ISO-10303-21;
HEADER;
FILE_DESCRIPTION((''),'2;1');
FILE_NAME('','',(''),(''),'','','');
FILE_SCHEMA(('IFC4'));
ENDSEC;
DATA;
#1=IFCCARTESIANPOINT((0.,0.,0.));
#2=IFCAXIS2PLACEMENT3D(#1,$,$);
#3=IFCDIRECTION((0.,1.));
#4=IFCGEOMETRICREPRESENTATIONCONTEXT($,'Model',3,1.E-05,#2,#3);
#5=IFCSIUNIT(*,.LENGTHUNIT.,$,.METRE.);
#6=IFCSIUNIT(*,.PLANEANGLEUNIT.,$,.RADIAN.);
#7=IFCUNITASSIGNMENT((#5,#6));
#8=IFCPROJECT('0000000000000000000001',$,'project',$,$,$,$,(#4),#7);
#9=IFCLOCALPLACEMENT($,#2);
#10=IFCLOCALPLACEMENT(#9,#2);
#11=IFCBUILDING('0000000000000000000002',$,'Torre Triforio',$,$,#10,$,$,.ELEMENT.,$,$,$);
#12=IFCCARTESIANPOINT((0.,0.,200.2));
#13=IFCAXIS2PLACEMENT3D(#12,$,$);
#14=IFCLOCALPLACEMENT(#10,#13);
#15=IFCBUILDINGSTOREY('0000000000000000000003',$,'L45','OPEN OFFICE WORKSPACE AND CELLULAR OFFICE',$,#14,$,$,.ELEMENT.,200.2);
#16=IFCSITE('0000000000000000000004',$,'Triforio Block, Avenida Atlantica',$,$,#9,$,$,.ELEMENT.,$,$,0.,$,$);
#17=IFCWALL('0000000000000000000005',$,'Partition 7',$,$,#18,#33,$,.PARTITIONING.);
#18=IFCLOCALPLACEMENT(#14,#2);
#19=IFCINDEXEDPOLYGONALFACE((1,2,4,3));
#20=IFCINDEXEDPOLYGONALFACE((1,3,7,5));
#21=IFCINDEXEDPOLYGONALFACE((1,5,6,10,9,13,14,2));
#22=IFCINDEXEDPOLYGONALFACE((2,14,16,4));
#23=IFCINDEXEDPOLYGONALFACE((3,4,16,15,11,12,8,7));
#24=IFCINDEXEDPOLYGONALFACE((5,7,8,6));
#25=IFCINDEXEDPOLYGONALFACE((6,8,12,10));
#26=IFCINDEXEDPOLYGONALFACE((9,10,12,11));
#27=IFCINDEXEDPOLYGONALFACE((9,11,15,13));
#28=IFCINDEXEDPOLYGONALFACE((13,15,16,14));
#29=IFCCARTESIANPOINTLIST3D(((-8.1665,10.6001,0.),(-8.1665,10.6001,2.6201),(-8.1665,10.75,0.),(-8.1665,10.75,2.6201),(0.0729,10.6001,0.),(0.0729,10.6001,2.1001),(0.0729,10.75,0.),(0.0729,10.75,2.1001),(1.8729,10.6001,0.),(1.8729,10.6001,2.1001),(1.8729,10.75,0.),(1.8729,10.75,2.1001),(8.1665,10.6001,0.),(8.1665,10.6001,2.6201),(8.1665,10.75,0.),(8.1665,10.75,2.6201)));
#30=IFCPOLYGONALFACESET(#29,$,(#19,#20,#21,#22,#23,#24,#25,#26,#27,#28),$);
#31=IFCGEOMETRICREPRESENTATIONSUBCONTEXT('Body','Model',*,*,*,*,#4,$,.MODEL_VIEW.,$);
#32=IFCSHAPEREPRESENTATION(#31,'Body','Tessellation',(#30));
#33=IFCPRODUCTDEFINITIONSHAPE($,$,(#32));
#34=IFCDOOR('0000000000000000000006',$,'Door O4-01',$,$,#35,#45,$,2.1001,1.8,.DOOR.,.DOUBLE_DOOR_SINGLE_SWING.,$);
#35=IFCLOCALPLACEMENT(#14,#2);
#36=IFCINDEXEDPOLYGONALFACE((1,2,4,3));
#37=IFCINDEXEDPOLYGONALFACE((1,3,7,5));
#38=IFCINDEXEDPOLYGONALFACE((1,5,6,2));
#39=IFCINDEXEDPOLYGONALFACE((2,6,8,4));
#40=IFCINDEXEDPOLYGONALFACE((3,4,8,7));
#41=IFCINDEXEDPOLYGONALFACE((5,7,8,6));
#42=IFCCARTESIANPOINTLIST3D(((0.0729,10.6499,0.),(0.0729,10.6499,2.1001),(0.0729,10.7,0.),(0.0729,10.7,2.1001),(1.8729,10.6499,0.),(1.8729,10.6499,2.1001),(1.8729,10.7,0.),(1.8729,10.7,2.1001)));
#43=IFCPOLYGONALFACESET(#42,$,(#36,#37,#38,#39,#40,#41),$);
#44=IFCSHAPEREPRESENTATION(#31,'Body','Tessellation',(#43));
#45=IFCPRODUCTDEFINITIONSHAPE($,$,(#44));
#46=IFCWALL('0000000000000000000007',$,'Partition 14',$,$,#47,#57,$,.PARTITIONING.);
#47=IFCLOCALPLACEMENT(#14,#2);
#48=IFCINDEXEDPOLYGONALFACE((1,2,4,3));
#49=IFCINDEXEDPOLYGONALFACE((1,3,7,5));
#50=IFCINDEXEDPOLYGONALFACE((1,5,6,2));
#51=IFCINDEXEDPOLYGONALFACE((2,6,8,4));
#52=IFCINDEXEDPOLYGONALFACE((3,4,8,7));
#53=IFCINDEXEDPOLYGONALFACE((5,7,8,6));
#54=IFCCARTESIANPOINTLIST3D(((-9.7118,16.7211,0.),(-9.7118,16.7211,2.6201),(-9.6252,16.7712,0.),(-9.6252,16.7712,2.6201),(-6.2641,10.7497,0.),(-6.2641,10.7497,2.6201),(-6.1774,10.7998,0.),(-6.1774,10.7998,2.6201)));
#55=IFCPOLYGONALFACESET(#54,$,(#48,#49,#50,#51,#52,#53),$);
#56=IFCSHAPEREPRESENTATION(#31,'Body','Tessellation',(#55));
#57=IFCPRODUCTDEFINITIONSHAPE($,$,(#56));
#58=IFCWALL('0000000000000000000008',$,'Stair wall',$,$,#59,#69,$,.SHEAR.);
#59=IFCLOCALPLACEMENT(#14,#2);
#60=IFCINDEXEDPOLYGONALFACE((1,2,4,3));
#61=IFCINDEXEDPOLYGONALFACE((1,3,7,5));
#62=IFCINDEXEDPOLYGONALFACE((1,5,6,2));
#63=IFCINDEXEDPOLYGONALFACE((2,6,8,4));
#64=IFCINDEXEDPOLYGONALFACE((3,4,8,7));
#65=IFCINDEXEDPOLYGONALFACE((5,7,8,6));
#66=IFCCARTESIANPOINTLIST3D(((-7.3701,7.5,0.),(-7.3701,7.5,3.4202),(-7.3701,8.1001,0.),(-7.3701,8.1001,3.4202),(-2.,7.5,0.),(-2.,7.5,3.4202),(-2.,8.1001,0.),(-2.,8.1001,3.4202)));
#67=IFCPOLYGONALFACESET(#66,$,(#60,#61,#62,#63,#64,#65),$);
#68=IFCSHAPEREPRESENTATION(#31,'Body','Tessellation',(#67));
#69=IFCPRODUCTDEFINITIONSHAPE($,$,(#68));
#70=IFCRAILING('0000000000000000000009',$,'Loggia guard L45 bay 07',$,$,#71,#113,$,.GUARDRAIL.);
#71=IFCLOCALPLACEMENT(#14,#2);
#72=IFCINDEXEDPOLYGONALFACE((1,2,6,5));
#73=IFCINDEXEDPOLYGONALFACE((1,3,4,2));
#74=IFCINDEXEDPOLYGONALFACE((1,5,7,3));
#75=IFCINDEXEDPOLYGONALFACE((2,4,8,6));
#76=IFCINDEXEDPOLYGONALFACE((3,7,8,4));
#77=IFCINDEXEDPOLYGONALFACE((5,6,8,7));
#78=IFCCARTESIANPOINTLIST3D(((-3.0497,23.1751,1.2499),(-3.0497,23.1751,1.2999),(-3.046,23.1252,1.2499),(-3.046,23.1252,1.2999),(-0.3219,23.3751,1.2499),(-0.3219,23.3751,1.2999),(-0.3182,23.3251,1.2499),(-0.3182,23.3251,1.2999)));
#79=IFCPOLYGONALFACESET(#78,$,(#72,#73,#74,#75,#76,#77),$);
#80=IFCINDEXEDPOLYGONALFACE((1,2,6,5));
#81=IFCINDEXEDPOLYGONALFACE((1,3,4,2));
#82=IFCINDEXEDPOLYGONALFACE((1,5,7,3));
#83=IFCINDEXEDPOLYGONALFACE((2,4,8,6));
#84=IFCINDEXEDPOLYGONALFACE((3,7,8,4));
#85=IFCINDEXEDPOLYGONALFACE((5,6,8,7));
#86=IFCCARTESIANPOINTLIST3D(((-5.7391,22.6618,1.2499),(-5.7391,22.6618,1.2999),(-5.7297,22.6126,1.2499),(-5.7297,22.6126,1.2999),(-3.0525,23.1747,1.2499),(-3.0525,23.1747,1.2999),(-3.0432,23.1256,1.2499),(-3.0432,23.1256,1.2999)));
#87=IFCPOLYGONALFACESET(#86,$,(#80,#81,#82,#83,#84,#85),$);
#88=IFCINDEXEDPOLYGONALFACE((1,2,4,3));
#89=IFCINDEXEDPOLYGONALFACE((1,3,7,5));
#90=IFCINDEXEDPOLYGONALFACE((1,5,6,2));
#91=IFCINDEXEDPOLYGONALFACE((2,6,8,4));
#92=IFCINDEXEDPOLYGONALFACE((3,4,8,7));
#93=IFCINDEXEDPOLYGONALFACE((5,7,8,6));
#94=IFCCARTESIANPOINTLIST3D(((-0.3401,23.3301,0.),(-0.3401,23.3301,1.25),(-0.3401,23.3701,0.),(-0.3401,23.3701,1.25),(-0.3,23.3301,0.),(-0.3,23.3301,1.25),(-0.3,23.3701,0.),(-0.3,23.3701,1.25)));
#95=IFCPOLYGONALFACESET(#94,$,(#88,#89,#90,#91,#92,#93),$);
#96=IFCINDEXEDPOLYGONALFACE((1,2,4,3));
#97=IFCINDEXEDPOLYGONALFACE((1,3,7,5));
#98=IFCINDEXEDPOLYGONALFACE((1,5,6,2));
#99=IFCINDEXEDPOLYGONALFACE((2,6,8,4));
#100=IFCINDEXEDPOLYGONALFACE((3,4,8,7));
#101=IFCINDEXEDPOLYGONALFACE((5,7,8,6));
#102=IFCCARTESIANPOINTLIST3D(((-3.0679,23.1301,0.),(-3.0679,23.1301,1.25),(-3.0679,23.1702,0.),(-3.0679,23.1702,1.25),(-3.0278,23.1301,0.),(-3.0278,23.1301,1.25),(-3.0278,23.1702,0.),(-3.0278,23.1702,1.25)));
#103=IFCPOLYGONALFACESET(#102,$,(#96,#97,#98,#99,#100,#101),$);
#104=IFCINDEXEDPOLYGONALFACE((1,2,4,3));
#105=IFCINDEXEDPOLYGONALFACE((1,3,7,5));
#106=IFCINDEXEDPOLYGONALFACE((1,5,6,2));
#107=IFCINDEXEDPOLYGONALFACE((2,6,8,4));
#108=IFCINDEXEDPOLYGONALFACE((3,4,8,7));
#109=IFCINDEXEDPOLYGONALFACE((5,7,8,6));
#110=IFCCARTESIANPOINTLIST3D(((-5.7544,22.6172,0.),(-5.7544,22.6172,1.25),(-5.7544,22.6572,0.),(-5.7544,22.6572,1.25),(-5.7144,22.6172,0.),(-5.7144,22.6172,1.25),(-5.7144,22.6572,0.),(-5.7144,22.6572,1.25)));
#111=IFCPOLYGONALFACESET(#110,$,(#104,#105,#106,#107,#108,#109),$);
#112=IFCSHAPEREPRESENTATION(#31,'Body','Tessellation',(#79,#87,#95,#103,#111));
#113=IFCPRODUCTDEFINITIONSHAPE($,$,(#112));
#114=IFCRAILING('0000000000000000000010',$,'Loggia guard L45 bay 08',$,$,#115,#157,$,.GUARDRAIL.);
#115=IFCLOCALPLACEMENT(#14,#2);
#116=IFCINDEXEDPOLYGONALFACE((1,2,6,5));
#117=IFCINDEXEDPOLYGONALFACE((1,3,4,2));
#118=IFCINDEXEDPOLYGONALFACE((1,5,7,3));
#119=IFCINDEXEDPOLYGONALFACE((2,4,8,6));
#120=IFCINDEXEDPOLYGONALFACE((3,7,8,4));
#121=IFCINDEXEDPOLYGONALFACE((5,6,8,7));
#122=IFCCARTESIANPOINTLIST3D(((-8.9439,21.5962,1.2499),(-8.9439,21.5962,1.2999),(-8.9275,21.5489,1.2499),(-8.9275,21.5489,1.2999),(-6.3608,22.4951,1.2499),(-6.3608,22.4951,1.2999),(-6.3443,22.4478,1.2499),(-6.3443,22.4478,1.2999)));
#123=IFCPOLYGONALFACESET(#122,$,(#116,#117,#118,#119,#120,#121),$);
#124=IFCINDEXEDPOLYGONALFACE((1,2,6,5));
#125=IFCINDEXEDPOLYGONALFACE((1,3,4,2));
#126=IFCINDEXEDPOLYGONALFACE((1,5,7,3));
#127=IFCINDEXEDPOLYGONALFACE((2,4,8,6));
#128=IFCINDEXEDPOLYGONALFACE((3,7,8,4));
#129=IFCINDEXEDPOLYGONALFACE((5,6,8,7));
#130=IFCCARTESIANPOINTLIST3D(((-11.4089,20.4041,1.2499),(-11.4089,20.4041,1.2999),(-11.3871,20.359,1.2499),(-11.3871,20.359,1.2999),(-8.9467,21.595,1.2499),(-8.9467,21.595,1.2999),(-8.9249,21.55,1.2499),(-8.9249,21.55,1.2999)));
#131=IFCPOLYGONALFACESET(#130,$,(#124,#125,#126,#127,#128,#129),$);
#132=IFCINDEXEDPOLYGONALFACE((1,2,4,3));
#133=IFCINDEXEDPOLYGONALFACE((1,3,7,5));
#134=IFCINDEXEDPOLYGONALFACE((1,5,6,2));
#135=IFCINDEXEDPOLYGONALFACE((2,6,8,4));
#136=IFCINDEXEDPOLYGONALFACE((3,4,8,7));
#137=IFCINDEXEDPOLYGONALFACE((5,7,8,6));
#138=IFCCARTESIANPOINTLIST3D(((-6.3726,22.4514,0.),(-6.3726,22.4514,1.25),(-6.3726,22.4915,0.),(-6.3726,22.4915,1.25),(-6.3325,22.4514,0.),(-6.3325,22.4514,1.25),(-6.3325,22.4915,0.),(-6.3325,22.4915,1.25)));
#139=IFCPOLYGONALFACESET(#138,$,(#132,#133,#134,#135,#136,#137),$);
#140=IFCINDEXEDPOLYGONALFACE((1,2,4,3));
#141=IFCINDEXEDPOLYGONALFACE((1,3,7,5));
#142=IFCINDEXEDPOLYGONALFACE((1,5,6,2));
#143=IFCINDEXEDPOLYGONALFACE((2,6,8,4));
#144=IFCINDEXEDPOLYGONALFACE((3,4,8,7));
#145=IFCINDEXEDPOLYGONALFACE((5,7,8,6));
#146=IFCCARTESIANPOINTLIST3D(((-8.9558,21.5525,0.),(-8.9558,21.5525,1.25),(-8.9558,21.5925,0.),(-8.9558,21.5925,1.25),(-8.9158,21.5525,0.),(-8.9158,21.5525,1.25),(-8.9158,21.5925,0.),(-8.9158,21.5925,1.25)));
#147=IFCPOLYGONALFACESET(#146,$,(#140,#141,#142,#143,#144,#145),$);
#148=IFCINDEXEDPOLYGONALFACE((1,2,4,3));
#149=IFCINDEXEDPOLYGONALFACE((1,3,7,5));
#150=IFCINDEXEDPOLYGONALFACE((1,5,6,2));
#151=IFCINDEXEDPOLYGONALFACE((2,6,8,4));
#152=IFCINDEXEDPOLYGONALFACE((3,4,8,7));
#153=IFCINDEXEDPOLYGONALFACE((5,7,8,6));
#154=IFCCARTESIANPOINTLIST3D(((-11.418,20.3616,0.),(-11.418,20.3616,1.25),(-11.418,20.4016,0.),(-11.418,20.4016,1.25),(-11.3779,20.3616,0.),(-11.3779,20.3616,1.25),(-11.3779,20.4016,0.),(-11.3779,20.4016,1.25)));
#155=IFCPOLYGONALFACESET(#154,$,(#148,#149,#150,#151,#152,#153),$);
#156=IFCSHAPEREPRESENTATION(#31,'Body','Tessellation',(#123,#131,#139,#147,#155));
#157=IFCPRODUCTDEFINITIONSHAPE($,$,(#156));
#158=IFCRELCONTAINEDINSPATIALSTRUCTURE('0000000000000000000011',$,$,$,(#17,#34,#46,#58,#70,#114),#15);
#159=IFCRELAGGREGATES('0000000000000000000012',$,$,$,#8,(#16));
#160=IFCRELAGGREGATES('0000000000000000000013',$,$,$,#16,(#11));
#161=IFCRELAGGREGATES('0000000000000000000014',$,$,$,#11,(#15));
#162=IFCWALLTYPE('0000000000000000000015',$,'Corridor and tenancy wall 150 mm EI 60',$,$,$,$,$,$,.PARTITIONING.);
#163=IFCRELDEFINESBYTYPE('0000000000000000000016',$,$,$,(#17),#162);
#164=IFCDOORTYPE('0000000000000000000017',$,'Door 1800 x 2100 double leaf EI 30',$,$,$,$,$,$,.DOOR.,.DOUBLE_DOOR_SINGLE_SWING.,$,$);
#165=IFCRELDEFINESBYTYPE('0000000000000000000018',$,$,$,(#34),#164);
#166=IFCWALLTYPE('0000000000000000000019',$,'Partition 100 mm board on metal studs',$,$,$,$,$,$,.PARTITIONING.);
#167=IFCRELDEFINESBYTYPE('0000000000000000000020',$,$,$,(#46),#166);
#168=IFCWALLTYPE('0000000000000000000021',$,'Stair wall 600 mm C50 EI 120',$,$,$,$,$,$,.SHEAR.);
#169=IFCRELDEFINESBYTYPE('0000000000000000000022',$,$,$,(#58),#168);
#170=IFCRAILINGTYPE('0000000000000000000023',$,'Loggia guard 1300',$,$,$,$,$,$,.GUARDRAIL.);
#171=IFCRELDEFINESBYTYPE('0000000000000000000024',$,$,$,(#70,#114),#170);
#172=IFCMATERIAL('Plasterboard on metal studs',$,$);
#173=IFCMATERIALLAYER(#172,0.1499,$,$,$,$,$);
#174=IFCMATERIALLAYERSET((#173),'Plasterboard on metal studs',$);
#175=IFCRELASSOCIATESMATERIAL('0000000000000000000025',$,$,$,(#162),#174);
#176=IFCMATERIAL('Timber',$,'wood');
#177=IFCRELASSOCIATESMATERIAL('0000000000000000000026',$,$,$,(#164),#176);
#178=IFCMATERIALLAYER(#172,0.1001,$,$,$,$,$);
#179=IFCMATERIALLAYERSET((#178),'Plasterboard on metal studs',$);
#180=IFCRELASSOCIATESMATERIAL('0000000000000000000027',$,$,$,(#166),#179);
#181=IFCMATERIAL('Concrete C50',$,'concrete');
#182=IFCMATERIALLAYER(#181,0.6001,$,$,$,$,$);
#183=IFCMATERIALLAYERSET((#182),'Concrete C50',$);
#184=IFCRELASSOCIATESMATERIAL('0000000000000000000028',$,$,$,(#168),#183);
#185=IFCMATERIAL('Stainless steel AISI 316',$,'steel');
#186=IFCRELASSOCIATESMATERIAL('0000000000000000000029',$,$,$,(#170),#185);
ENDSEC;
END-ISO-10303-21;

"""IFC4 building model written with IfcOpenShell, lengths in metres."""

from ifc_helpers import new_model, si_unit, direction, frame, frame_2d, origin, origin_2d, place, context, subcontext, project, spatial, rectangle, extrude, material, layer, layer_set, type_object, element, fill, save


model = new_model("IFC4")

# Units and contexts
model_context = context("Model", 3, precision=1e-05, world=origin(), true_north=direction((0.0, 1.0)))
body_context = subcontext(model_context, "Body", "Model", "MODEL_VIEW")
ifc_project = project(units=[si_unit("LENGTHUNIT", "METRE"), si_unit("PLANEANGLEUNIT", "RADIAN")], contexts=[model_context])

# Site, building, storey
site_placement = place(None, origin())
site = spatial("IfcSite", under=ifc_project, at=site_placement, Name="Triforio Block, Avenida Atlantica", CompositionType="ELEMENT", RefElevation=0.0)
building_placement = place(site_placement, origin())
building = spatial("IfcBuilding", under=site, at=building_placement, Name="Torre Triforio", CompositionType="ELEMENT")
storey_placement = place(building_placement, frame((0.0, 0.0, 200.2)))
storey = spatial("IfcBuildingStorey", under=building, at=storey_placement, Name="L45", Description="OPEN OFFICE WORKSPACE AND CELLULAR OFFICE", CompositionType="ELEMENT", Elevation=200.2)

# Shared definitions
ifc_material_1 = material(Name="Concrete C50", Category="concrete")

# Wall, opening, door
ifc_material_2 = material(Name="Plasterboard on metal studs")
ifc_layer_1 = layer(ifc_material_2, 0.1499)
ifc_layer_set_1 = layer_set([ifc_layer_1], Name="Plasterboard on metal studs")
wall_type_1 = type_object("IfcWallType", Name="Corridor and tenancy wall 150 mm EI 60", PredefinedType="PARTITIONING", material=ifc_layer_set_1)
wall_1_placement = place(storey_placement, frame((-8.1665, 10.675, 0.0), z_axis=(0.0, 0.0, 1.0), x_axis=(1.0, 0.0, 0.0)))
wall_1 = element("IfcWall", 1, at=wall_1_placement, inside=storey, type_object=wall_type_1, Name="Partition 7", PredefinedType="PARTITIONING", context=body_context, shape_type="SweptSolid", body=[
    extrude(rectangle(XDim=16.333, YDim=0.1499, at=frame_2d((8.1665, 0.0))), origin(), (0.0, 0.0, 1.0), 2.6201),
])
opening_1_placement = place(wall_1_placement, frame((8.2395, 0.0, 0.0)))
opening_1 = element("IfcOpeningElement", 2, at=opening_1_placement, cuts=wall_1, PredefinedType="OPENING", context=body_context, shape_type="SweptSolid", body=[
    extrude(rectangle(XDim=1.8, YDim=2.1001, at=frame_2d((0.8999, 1.05))), frame((0.0, 0.085, 0.0), z_axis=(0.0, -1.0, 0.0), x_axis=(1.0, 0.0, 0.0)), (0.0, 0.0, 1.0), 0.1699),
])
ifc_material_3 = material(Name="Timber", Category="wood")
door_type_1 = type_object("IfcDoorType", Name="Door 1800 x 2100 double leaf EI 30", OperationType="DOUBLE_DOOR_SINGLE_SWING", PredefinedType="DOOR", material=ifc_material_3)
door_1_placement = place(opening_1_placement, origin())
door_1 = element("IfcDoor", 3, at=door_1_placement, inside=storey, type_object=door_type_1, Name="Door O4-01", OperationType="DOUBLE_DOOR_SINGLE_SWING", OverallHeight=2.1001, OverallWidth=1.8, PredefinedType="DOOR", context=body_context, shape_type="SweptSolid", body=[
    extrude(rectangle(XDim=1.8, YDim=2.1001, at=frame_2d((0.8999, 1.05))), frame((0.0, 0.0249, 0.0), z_axis=(0.0, -1.0, 0.0), x_axis=(1.0, 0.0, 0.0)), (0.0, 0.0, 1.0), 0.05),
])
fill(opening_1, door_1)

# Walls
ifc_layer_2 = layer(ifc_material_2, 0.1001)
ifc_layer_set_2 = layer_set([ifc_layer_2], Name="Plasterboard on metal studs")
wall_type_2 = type_object("IfcWallType", Name="Partition 100 mm board on metal studs", PredefinedType="PARTITIONING", material=ifc_layer_set_2)
wall_2_placement = place(storey_placement, frame((-6.2207, 10.7747, 0.0), z_axis=(0.0, 0.0, 1.0), x_axis=(-0.500016, 0.866016, 0.0)))
element("IfcWall", 4, at=wall_2_placement, inside=storey, type_object=wall_type_2, Name="Partition 14", PredefinedType="PARTITIONING", context=body_context, shape_type="SweptSolid", body=[
    extrude(rectangle(XDim=6.8953, YDim=0.1001, at=frame_2d((3.4478, 0.0))), origin(), (0.0, 0.0, 1.0), 2.6201),
])
ifc_layer_3 = layer(ifc_material_1, 0.6001)
ifc_layer_set_3 = layer_set([ifc_layer_3], Name="Concrete C50")
wall_type_3 = type_object("IfcWallType", Name="Stair wall 600 mm C50 EI 120", PredefinedType="SHEAR", material=ifc_layer_set_3)
wall_3_placement = place(storey_placement, frame((-7.3701, 7.8, 0.0), z_axis=(0.0, 0.0, 1.0), x_axis=(1.0, 0.0, 0.0)))
element("IfcWall", 5, at=wall_3_placement, inside=storey, type_object=wall_type_3, Name="Stair wall", PredefinedType="SHEAR", context=body_context, shape_type="SweptSolid", body=[
    extrude(rectangle(XDim=5.3701, YDim=0.6001, at=frame_2d((2.6851, 0.0))), origin(), (0.0, 0.0, 1.0), 3.4202),
])

# Railings
ifc_material_4 = material(Name="Stainless steel AISI 316", Category="steel")
railing_type = type_object("IfcRailingType", Name="Loggia guard 1300", PredefinedType="GUARDRAIL", material=ifc_material_4)
railing_1_placement = place(storey_placement, frame((-0.3201, 23.3501, 0.0)))
element("IfcRailing", 6, at=railing_1_placement, inside=storey, type_object=railing_type, Name="Loggia guard L45 bay 07", PredefinedType="GUARDRAIL", context=body_context, shape_type="SweptSolid", body=[
    extrude(rectangle(XDim=0.05, YDim=0.05, at=origin_2d()), frame((0.0, 0.0, 1.2749), z_axis=(-0.997324, -0.073106, 0.0), x_axis=(0.073106, -0.997324, 0.0)), (0.0, 0.0, 1.0), 2.7351),
    extrude(rectangle(XDim=0.05, YDim=0.05, at=origin_2d()), frame((-2.7278, -0.2, 1.2749), z_axis=(-0.982256, -0.187543, 0.0), x_axis=(0.187543, -0.982256, 0.0)), (0.0, 0.0, 1.0), 2.7351),
    extrude(rectangle(XDim=0.04, YDim=0.04, at=origin_2d()), origin(), (0.0, 0.0, 1.0), 1.25),
    extrude(rectangle(XDim=0.04, YDim=0.04, at=origin_2d()), frame((-2.7278, -0.2, 0.0)), (0.0, 0.0, 1.0), 1.25),
    extrude(rectangle(XDim=0.04, YDim=0.04, at=origin_2d()), frame((-5.4143, -0.7129, 0.0)), (0.0, 0.0, 1.0), 1.25),
])
railing_2_placement = place(storey_placement, frame((-6.3525, 22.4714, 0.0)))
element("IfcRailing", 7, at=railing_2_placement, inside=storey, type_object=railing_type, Name="Loggia guard L45 bay 08", PredefinedType="GUARDRAIL", context=body_context, shape_type="SweptSolid", body=[
    extrude(rectangle(XDim=0.05, YDim=0.05, at=origin_2d()), frame((0.0, 0.0, 1.2749), z_axis=(-0.944451, -0.328652, 0.0), x_axis=(0.328652, -0.944451, 0.0)), (0.0, 0.0, 1.0), 2.7351),
    extrude(rectangle(XDim=0.05, YDim=0.05, at=origin_2d()), frame((-2.5833, -0.8989, 1.2749), z_axis=(-0.900224, -0.435428, 0.0), x_axis=(0.435428, -0.900224, 0.0)), (0.0, 0.0, 1.0), 2.7351),
    extrude(rectangle(XDim=0.04, YDim=0.04, at=origin_2d()), origin(), (0.0, 0.0, 1.0), 1.25),
    extrude(rectangle(XDim=0.04, YDim=0.04, at=origin_2d()), frame((-2.5833, -0.8989, 0.0)), (0.0, 0.0, 1.0), 1.25),
    extrude(rectangle(XDim=0.04, YDim=0.04, at=origin_2d()), frame((-5.0454, -2.0898, 0.0)), (0.0, 0.0, 1.0), 1.25),
])

save(model, "model.ifc")
